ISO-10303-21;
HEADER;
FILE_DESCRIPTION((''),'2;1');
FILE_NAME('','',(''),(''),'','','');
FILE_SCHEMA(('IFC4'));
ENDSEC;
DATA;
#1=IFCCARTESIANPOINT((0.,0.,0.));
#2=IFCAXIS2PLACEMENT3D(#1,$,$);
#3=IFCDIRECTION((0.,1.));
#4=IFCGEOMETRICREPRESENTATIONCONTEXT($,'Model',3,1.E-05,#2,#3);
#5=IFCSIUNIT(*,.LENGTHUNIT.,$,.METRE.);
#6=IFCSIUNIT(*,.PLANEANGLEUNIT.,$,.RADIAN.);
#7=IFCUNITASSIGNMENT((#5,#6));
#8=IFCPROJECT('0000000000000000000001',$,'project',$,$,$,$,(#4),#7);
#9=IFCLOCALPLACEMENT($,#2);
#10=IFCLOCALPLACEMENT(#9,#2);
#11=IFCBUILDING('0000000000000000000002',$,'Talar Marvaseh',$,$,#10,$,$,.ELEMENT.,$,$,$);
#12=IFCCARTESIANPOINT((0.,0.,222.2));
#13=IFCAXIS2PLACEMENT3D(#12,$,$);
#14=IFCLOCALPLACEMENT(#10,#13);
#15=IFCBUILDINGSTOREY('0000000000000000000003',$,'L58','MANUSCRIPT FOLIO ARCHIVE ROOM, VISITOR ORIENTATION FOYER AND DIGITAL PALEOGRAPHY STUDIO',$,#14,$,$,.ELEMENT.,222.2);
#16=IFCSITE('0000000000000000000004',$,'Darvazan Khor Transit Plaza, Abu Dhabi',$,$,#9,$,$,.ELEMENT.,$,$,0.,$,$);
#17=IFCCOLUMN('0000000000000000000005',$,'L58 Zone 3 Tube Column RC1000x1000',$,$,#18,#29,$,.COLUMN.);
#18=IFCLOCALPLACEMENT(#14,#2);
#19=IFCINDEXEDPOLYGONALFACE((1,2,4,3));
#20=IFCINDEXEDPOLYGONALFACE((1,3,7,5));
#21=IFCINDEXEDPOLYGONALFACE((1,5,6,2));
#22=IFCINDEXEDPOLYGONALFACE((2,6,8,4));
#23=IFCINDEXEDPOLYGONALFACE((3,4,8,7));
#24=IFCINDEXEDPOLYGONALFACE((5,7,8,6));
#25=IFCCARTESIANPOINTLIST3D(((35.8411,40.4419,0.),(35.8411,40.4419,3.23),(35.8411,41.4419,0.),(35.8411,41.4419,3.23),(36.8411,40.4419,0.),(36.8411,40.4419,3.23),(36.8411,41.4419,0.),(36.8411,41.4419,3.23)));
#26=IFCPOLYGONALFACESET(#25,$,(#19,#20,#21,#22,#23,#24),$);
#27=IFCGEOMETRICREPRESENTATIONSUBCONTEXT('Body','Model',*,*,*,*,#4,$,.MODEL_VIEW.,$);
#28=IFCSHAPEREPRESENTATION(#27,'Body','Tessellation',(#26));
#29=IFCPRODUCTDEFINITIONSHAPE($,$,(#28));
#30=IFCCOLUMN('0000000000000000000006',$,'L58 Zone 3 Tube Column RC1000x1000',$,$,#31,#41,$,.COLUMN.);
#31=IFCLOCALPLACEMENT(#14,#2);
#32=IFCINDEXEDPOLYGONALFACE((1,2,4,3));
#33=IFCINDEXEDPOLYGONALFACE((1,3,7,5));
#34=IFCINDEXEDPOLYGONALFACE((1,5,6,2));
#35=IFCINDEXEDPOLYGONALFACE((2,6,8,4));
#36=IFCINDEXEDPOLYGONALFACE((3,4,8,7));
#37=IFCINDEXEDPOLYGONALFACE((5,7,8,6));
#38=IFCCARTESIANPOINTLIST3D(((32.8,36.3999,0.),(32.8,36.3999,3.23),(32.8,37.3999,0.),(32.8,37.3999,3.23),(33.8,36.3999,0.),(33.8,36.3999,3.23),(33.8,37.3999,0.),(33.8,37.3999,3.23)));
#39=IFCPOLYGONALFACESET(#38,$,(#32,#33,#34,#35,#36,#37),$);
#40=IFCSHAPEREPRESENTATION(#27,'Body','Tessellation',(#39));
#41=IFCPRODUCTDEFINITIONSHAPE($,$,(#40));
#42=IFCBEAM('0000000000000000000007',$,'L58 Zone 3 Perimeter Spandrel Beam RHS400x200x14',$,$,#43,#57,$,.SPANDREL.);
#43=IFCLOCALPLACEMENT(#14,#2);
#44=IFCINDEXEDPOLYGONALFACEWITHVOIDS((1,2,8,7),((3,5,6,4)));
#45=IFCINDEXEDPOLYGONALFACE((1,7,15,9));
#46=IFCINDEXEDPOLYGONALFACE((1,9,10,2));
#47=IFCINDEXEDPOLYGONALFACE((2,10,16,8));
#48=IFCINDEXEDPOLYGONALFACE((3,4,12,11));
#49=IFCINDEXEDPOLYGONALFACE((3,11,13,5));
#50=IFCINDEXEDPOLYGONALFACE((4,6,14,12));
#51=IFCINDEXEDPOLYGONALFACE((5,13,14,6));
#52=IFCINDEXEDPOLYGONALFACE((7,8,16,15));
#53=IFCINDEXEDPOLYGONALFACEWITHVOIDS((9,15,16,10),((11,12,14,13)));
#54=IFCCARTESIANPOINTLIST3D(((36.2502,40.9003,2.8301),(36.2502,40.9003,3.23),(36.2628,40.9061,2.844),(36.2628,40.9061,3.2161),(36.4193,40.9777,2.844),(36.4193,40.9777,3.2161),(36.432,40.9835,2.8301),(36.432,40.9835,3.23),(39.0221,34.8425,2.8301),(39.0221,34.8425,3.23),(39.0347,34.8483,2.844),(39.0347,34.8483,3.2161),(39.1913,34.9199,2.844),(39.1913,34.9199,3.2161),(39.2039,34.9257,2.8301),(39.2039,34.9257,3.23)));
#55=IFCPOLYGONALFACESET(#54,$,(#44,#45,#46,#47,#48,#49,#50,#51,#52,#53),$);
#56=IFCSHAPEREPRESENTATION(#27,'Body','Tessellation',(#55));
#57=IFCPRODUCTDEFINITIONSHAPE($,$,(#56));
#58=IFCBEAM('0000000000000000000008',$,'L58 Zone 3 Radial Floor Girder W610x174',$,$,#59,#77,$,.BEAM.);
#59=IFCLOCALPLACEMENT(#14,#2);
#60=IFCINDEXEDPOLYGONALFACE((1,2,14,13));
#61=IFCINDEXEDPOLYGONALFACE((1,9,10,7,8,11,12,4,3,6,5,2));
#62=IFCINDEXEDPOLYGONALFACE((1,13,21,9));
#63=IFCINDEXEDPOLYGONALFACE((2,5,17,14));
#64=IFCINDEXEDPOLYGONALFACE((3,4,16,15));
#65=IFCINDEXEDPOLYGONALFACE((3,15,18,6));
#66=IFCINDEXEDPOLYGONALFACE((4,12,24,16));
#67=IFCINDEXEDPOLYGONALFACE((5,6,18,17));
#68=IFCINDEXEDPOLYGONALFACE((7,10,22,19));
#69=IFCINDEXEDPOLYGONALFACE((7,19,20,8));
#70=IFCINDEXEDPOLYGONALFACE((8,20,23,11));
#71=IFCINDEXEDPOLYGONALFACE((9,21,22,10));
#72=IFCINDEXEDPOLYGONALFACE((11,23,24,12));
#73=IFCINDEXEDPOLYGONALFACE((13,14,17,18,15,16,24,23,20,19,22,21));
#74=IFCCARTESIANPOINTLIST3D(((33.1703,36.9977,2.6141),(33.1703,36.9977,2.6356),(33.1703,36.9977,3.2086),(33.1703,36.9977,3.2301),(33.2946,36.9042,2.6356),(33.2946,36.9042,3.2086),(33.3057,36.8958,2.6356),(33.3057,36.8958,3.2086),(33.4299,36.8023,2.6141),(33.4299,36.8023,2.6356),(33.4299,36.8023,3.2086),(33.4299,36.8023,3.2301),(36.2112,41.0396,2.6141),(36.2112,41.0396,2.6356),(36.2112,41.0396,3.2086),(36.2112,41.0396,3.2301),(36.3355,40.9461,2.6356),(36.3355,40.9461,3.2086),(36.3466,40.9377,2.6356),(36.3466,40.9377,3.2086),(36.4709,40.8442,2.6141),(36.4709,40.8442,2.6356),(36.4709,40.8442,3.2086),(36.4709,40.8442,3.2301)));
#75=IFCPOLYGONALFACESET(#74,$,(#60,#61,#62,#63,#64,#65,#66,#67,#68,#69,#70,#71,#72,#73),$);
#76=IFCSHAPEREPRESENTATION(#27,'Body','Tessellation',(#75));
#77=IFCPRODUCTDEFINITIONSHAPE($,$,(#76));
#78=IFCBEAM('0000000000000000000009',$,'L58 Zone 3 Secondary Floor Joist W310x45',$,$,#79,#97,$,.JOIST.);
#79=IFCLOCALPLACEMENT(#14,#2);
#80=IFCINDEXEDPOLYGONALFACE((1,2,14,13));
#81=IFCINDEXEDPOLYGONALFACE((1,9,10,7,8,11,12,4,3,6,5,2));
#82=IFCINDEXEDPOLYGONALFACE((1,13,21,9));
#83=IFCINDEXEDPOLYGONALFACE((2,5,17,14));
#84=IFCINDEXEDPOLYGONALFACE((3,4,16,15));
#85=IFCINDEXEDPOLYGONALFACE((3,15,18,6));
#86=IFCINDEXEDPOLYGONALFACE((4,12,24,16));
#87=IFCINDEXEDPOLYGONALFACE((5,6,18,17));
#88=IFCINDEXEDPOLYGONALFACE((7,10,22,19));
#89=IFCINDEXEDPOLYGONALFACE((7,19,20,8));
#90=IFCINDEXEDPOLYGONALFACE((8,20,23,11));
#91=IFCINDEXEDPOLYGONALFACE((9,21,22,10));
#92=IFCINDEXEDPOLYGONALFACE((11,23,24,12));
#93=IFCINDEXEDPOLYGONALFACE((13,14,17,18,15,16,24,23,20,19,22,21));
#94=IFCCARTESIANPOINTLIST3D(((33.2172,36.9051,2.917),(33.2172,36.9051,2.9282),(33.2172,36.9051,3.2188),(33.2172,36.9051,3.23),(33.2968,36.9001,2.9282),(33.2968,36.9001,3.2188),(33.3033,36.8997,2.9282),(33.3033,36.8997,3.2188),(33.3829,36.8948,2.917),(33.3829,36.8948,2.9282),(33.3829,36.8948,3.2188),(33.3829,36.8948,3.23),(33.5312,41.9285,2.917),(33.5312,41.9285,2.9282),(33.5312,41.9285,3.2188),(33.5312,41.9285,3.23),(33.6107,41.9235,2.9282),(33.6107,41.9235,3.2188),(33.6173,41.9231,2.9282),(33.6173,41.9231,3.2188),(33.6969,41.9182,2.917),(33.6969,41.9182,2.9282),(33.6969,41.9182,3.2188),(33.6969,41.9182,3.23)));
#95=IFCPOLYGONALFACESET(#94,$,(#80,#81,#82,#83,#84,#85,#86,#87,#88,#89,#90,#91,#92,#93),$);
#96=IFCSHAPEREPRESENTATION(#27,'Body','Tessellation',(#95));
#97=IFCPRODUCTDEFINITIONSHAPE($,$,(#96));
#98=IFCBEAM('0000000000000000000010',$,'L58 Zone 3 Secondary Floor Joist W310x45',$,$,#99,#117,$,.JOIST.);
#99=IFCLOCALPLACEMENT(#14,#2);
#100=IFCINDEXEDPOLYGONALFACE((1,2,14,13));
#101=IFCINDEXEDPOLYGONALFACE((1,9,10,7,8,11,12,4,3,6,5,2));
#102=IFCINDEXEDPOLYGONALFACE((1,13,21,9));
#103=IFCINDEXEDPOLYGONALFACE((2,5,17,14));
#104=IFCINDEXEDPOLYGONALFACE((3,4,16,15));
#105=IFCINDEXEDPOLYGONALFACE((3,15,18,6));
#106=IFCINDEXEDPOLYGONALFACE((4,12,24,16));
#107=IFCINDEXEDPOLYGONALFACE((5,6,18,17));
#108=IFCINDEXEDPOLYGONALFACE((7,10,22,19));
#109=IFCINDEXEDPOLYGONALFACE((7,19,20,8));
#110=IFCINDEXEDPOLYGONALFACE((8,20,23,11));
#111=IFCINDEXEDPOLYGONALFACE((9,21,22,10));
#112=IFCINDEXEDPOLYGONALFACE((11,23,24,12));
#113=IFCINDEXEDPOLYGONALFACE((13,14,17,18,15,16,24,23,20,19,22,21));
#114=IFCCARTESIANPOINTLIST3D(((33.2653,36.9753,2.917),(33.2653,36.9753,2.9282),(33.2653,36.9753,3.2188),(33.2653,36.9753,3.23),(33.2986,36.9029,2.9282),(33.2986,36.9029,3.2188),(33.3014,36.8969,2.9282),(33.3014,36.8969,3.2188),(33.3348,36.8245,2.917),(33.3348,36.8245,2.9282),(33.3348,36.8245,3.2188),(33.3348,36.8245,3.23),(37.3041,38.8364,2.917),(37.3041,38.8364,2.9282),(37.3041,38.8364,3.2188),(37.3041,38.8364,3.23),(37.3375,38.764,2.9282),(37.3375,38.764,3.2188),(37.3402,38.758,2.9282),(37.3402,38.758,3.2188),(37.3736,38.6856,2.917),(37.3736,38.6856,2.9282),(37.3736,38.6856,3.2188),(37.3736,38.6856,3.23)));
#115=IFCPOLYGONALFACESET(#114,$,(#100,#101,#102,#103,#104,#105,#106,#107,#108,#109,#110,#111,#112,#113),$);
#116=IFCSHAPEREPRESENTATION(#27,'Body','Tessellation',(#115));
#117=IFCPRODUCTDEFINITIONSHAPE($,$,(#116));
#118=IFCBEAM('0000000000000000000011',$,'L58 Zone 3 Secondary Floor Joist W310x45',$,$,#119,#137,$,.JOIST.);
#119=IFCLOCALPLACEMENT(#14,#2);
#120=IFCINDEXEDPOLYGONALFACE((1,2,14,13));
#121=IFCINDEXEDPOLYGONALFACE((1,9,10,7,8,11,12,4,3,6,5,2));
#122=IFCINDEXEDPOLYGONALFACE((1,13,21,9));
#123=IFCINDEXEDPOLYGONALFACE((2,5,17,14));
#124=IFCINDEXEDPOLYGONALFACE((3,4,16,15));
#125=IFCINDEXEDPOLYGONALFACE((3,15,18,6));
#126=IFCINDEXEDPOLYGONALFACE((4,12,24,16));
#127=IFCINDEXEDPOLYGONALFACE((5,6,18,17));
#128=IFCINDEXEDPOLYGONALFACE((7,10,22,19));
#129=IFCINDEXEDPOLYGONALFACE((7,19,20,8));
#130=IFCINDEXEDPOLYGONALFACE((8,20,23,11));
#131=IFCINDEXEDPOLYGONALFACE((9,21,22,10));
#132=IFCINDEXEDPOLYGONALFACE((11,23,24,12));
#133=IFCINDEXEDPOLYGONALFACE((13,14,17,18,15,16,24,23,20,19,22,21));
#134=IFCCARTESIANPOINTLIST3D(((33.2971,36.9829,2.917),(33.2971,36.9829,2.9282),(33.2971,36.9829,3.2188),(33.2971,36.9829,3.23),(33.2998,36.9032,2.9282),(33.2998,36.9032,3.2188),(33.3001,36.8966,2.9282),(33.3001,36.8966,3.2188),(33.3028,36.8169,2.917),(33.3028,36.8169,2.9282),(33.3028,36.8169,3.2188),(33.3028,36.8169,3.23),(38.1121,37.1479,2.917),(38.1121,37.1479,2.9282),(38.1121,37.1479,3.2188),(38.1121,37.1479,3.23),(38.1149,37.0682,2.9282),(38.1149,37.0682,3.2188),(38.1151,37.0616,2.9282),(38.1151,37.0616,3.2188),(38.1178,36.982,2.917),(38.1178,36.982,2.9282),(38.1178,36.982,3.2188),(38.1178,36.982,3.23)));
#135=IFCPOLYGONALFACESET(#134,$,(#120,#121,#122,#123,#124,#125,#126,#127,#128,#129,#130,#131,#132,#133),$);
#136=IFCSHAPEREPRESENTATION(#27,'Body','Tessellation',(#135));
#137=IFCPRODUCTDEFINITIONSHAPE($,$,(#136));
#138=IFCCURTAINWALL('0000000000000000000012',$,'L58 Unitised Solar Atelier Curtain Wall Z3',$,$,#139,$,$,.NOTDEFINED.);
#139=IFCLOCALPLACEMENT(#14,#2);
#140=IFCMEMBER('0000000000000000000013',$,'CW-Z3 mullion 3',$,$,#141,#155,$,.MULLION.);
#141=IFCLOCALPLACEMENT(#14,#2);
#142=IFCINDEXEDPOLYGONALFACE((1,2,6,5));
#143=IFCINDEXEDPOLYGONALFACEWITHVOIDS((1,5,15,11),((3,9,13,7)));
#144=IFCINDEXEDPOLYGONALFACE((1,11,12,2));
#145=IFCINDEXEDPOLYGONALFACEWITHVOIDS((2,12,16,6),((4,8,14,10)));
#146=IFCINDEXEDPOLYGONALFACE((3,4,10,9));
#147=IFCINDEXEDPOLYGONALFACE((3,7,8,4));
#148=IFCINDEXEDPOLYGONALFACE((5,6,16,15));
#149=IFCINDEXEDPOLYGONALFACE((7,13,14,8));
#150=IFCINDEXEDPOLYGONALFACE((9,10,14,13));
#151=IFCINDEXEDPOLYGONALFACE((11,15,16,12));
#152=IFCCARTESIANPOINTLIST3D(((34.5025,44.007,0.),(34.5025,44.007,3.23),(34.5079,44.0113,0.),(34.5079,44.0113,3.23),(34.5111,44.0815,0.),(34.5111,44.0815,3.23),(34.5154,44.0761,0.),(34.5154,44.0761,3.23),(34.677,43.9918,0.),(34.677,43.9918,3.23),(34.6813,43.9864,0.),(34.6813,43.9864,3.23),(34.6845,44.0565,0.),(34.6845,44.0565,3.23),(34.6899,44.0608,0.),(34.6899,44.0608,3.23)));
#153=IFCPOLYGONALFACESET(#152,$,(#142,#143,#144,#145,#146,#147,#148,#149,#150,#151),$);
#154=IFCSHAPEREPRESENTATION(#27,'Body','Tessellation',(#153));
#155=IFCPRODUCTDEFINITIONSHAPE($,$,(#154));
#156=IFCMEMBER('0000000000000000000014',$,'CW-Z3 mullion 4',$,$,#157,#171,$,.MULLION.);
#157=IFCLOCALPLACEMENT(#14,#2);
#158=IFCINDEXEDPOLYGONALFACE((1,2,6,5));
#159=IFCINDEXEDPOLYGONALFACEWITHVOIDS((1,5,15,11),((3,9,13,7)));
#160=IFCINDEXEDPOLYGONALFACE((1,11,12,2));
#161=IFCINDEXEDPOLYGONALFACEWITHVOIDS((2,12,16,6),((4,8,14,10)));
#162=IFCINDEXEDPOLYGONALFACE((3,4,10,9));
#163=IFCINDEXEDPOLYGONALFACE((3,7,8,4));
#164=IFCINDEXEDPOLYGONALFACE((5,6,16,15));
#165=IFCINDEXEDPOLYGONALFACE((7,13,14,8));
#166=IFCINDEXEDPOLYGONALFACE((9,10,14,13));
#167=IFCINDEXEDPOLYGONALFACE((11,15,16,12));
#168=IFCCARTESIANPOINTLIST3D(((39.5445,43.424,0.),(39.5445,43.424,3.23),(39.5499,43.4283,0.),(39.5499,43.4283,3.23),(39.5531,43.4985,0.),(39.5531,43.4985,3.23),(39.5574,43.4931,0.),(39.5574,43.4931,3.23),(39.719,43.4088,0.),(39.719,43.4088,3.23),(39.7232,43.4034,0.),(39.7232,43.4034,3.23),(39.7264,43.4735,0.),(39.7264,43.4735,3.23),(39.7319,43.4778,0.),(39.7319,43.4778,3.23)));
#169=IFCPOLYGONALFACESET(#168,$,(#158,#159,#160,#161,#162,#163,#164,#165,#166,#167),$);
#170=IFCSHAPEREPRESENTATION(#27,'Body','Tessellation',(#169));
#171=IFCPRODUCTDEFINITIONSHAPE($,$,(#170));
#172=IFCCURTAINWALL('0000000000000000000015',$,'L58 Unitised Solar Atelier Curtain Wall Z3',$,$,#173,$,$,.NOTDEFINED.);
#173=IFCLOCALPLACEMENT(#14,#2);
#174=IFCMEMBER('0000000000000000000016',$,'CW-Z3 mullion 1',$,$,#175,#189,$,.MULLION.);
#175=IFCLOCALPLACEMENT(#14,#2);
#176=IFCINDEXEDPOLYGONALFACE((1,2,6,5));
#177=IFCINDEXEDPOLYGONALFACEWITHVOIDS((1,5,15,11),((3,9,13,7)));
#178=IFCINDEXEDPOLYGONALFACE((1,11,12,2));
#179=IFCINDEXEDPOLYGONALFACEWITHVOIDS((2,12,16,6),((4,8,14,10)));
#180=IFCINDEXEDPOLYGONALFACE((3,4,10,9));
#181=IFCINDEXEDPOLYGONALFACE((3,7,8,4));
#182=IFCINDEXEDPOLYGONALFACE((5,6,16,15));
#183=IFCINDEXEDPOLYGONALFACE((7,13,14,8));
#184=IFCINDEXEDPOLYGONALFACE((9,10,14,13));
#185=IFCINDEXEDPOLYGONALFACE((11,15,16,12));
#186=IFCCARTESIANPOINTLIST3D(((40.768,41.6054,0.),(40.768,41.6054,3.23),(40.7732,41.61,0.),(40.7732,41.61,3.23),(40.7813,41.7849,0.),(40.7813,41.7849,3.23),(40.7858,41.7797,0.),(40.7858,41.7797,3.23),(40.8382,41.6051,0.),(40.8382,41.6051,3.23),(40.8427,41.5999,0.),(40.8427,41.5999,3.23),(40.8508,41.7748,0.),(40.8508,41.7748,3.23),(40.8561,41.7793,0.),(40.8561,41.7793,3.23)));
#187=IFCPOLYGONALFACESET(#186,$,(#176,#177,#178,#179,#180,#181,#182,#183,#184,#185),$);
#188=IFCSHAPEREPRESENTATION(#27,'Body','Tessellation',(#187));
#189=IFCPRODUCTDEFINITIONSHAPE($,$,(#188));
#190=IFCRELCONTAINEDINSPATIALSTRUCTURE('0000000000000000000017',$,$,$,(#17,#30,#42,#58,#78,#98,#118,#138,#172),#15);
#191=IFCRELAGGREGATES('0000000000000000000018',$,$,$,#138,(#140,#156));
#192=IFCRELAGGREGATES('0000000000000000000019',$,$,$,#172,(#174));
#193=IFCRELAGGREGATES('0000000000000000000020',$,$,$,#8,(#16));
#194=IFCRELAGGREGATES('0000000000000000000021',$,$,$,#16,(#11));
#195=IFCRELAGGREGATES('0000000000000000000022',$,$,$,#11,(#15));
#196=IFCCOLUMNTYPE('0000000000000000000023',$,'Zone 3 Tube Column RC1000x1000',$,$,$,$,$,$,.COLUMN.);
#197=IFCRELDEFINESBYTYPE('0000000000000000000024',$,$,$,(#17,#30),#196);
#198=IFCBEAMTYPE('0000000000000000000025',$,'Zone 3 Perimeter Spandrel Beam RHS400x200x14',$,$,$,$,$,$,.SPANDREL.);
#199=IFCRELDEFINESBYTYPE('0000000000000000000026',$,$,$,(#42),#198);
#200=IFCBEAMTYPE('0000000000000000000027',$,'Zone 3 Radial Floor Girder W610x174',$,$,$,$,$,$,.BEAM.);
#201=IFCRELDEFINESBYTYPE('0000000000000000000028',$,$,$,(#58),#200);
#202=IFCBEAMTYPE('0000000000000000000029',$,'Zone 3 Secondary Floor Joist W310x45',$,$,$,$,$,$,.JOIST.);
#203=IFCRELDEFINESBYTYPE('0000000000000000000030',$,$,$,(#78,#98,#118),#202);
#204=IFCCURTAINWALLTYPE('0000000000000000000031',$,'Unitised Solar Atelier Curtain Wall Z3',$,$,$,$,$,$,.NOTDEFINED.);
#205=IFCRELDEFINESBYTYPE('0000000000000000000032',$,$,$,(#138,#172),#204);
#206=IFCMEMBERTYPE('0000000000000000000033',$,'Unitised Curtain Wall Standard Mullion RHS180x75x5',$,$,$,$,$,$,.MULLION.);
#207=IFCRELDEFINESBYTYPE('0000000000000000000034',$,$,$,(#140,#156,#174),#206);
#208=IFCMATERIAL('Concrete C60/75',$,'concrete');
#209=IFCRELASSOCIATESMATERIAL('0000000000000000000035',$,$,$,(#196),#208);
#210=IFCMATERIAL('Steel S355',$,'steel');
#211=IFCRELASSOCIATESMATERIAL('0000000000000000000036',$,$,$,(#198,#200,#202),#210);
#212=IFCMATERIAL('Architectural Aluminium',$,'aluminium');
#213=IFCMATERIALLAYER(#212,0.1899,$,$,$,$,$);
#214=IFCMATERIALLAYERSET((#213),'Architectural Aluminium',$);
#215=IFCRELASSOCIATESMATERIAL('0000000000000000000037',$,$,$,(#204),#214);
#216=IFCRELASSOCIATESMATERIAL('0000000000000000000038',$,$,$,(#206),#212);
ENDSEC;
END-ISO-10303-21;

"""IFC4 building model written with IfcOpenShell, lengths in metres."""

from ifc_helpers import new_model, si_unit, direction, frame, origin, origin_2d, place, context, subcontext, project, spatial, rectangle, hollow_rectangle, i_section, extrude, source, transform, mapped, material, layer, layer_set, material_profile, profile_set, type_object, type_shapes, element, aggregate, save


model = new_model("IFC4")

# Units and contexts
model_context = context("Model", 3, precision=1e-05, world=origin(), true_north=direction((0.0, 1.0)))
body_context = subcontext(model_context, "Body", "Model", "MODEL_VIEW")
ifc_project = project(units=[si_unit("LENGTHUNIT", "METRE"), si_unit("PLANEANGLEUNIT", "RADIAN")], contexts=[model_context])

# Site, building, storey
site_placement = place(None, origin())
site = spatial("IfcSite", under=ifc_project, at=site_placement, Name="Darvazan Khor Transit Plaza, Abu Dhabi", CompositionType="ELEMENT", RefElevation=0.0)
building_placement = place(site_placement, origin())
building = spatial("IfcBuilding", under=site, at=building_placement, Name="Talar Marvaseh", CompositionType="ELEMENT")
storey_placement = place(building_placement, frame((0.0, 0.0, 222.2)))
storey = spatial("IfcBuildingStorey", under=building, at=storey_placement, Name="L58", Description="MANUSCRIPT FOLIO ARCHIVE ROOM, VISITOR ORIENTATION FOYER AND DIGITAL PALEOGRAPHY STUDIO", CompositionType="ELEMENT", Elevation=222.2)

# Columns
ifc_material_1 = material(Name="Concrete C60/75", Category="concrete")
ifc_material_profile_1 = material_profile(ifc_material_1, rectangle(XDim=1.0, YDim=1.0, at=origin_2d()), Name="RC1000x1000")
ifc_profile_set_1 = profile_set([ifc_material_profile_1], Name="Concrete C60/75")
column_type = type_object("IfcColumnType", Name="Zone 3 Tube Column RC1000x1000", PredefinedType="COLUMN", material=ifc_profile_set_1)
for number, where, z_axis, x_axis, name in (
    (1, (36.3411, 40.9419, 0.0), (0.0, 0.0, 1.0), (1.0, 0.0, 0.0), "L58 Zone 3 Tube Column RC1000x1000"),
    (2, (33.3, 36.8999, 0.0), (0.0, 0.0, 1.0), (1.0, 0.0, 0.0), "L58 Zone 3 Tube Column RC1000x1000"),
):
    element("IfcColumn", number, at=place(storey_placement, frame(where, z_axis=z_axis, x_axis=x_axis)), inside=storey, type_object=column_type, Name=name, PredefinedType="COLUMN", context=body_context, shape_type="SweptSolid", body=[
        extrude(rectangle(XDim=1.0, YDim=1.0, at=origin_2d()), origin(), (0.0, 0.0, 1.0), 3.23),
    ])

# Beams
ifc_material_2 = material(Name="Steel S355", Category="steel")
ifc_material_profile_2 = material_profile(ifc_material_2, hollow_rectangle(XDim=0.2, YDim=0.3999, WallThickness=0.0139, at=origin_2d()), Name="RHS400x200x14")
ifc_profile_set_2 = profile_set([ifc_material_profile_2], Name="Steel S355")
beam_type_1 = type_object("IfcBeamType", Name="Zone 3 Perimeter Spandrel Beam RHS400x200x14", PredefinedType="SPANDREL", material=ifc_profile_set_2)
beam_1_placement = place(storey_placement, frame((36.3411, 40.9419, 3.03), z_axis=(0.416091, -0.909323, 0.0), x_axis=(0.909323, 0.416091, 0.0)))
element("IfcBeam", 3, at=beam_1_placement, inside=storey, type_object=beam_type_1, Name="L58 Zone 3 Perimeter Spandrel Beam RHS400x200x14", PredefinedType="SPANDREL", context=body_context, shape_type="SweptSolid", body=[
    extrude(hollow_rectangle(XDim=0.2, YDim=0.3999, WallThickness=0.0139, at=origin_2d()), origin(), (0.0, 0.0, 1.0), 6.6619),
])
ifc_material_profile_3 = material_profile(ifc_material_2, i_section(OverallWidth=0.325, OverallDepth=0.616, WebThickness=0.0139, FlangeThickness=0.0215, at=origin_2d()), Name="W610x174")
ifc_profile_set_3 = profile_set([ifc_material_profile_3], Name="Steel S355")
beam_type_2 = type_object("IfcBeamType", Name="Zone 3 Radial Floor Girder W610x174", PredefinedType="BEAM", material=ifc_profile_set_3)
beam_2_placement = place(storey_placement, frame((36.3411, 40.9419, 2.9221), z_axis=(-0.601204, -0.799096, 0.0), x_axis=(0.799096, -0.601204, 0.0)))
element("IfcBeam", 4, at=beam_2_placement, inside=storey, type_object=beam_type_2, Name="L58 Zone 3 Radial Floor Girder W610x174", PredefinedType="BEAM", context=body_context, shape_type="SweptSolid", body=[
    extrude(i_section(OverallWidth=0.325, OverallDepth=0.616, WebThickness=0.0139, FlangeThickness=0.0215, at=origin_2d()), origin(), (0.0, 0.0, 1.0), 5.0581),
])
ifc_material_profile_4 = material_profile(ifc_material_2, i_section(OverallWidth=0.166, OverallDepth=0.313, WebThickness=0.0066, FlangeThickness=0.0112, at=origin_2d()), Name="W310x45")
ifc_profile_set_4 = profile_set([ifc_material_profile_4], Name="Steel S355")
beam_type_3 = type_object("IfcBeamType", Name="Zone 3 Secondary Floor Joist W310x45", PredefinedType="JOIST", material=ifc_profile_set_4)
beam_3_placement = place(storey_placement, frame((33.614, 41.9233, 3.0735), z_axis=(-0.062378, -0.998053, 0.0), x_axis=(0.998053, -0.062378, 0.0)))
element("IfcBeam", 5, at=beam_3_placement, inside=storey, type_object=beam_type_3, Name="L58 Zone 3 Secondary Floor Joist W310x45", PredefinedType="JOIST", context=body_context, shape_type="SweptSolid", body=[
    extrude(i_section(OverallWidth=0.166, OverallDepth=0.313, WebThickness=0.0066, FlangeThickness=0.0112, at=origin_2d()), origin(), (0.0, 0.0, 1.0), 5.0332),
])
beam_4_placement = place(storey_placement, frame((37.3389, 38.761, 3.0735), z_axis=(-0.908215, -0.418505, 0.0), x_axis=(0.418505, -0.908215, 0.0)))
element("IfcBeam", 6, at=beam_4_placement, inside=storey, type_object=beam_type_3, Name="L58 Zone 3 Secondary Floor Joist W310x45", PredefinedType="JOIST", context=body_context, shape_type="SweptSolid", body=[
    extrude(i_section(OverallWidth=0.166, OverallDepth=0.313, WebThickness=0.0066, FlangeThickness=0.0112, at=origin_2d()), origin(), (0.0, 0.0, 1.0), 4.447),
])
beam_5_placement = place(storey_placement, frame((38.115, 37.0649, 3.0735), z_axis=(-0.999413, -0.034256, 0.0), x_axis=(0.034256, -0.999413, 0.0)))
element("IfcBeam", 7, at=beam_5_placement, inside=storey, type_object=beam_type_3, Name="L58 Zone 3 Secondary Floor Joist W310x45", PredefinedType="JOIST", context=body_context, shape_type="SweptSolid", body=[
    extrude(i_section(OverallWidth=0.166, OverallDepth=0.313, WebThickness=0.0066, FlangeThickness=0.0112, at=origin_2d()), origin(), (0.0, 0.0, 1.0), 4.8179),
])

# Curtain walls, members
ifc_material_3 = material(Name="Architectural Aluminium", Category="aluminium")
ifc_layer_1 = layer(ifc_material_3, 0.1899)
ifc_layer_set_1 = layer_set([ifc_layer_1], Name="Architectural Aluminium")
curtain_wall_type = type_object("IfcCurtainWallType", Name="Unitised Solar Atelier Curtain Wall Z3", PredefinedType="NOTDEFINED", material=ifc_layer_set_1)
curtain_wall_1_placement = place(storey_placement, origin())
curtain_wall_1 = element("IfcCurtainWall", 8, at=curtain_wall_1_placement, inside=storey, type_object=curtain_wall_type, Name="L58 Unitised Solar Atelier Curtain Wall Z3", PredefinedType="NOTDEFINED")
ifc_material_profile_5 = material_profile(ifc_material_3, hollow_rectangle(XDim=0.075, YDim=0.1799, WallThickness=0.0049, at=origin_2d()), Name="RHS180x75x5")
ifc_profile_set_5 = profile_set([ifc_material_profile_5], Name="Architectural Aluminium")
member_type_1 = type_object("IfcMemberType", Name="Unitised Curtain Wall Standard Mullion RHS180x75x5", PredefinedType="MULLION", material=ifc_profile_set_5)
shared_shape_1 = source(origin(), body_context, "Body", "SweptSolid", [
    extrude(hollow_rectangle(XDim=0.075, YDim=0.1799, WallThickness=0.0049, at=origin_2d()), origin(), (0.0, 0.0, 1.0), 3.23),
])
type_shapes(member_type_1, [shared_shape_1])
member_1_placement = place(storey_placement, frame((34.5962, 44.0339, 0.0), z_axis=(0.0, 0.0, 1.0), x_axis=(0.11487, 0.99338, 0.0)))
member_1 = element("IfcMember", 9, at=member_1_placement, type_object=member_type_1, Name="CW-Z3 mullion 3", PredefinedType="MULLION", context=body_context, shape_type="MappedRepresentation", body=[
    mapped(shared_shape_1, transform((0.0, 0.0, 0.0), x_axis=(1.0, 0.0, 0.0), y_axis=(0.0, 1.0, 0.0), z_axis=(0.0, 0.0, 1.0), scale=1.0)),
])
member_2_placement = place(storey_placement, frame((39.6382, 43.4509, 0.0), z_axis=(0.0, 0.0, 1.0), x_axis=(0.11487, 0.99338, 0.0)))
member_2 = element("IfcMember", 10, at=member_2_placement, type_object=member_type_1, Name="CW-Z3 mullion 4", PredefinedType="MULLION", context=body_context, shape_type="MappedRepresentation", body=[
    mapped(shared_shape_1, transform((0.0, 0.0, 0.0), x_axis=(1.0, 0.0, 0.0), y_axis=(0.0, 1.0, 0.0), z_axis=(0.0, 0.0, 1.0), scale=1.0)),
])
curtain_wall_2_placement = place(storey_placement, origin())
curtain_wall_2 = element("IfcCurtainWall", 11, at=curtain_wall_2_placement, inside=storey, type_object=curtain_wall_type, Name="L58 Unitised Solar Atelier Curtain Wall Z3", PredefinedType="NOTDEFINED")
member_3_placement = place(storey_placement, frame((40.812, 41.6924, 0.0), z_axis=(0.0, 0.0, 1.0), x_axis=(0.997239, -0.074263, 0.0)))
member_3 = element("IfcMember", 12, at=member_3_placement, type_object=member_type_1, Name="CW-Z3 mullion 1", PredefinedType="MULLION", context=body_context, shape_type="MappedRepresentation", body=[
    mapped(shared_shape_1, transform((0.0, 0.0, 0.0), x_axis=(1.0, 0.0, 0.0), y_axis=(0.0, 1.0, 0.0), z_axis=(0.0, 0.0, 1.0), scale=1.0)),
])

aggregate(curtain_wall_1, [member_1, member_2])
aggregate(curtain_wall_2, [member_3])

save(model, "model.ifc")
